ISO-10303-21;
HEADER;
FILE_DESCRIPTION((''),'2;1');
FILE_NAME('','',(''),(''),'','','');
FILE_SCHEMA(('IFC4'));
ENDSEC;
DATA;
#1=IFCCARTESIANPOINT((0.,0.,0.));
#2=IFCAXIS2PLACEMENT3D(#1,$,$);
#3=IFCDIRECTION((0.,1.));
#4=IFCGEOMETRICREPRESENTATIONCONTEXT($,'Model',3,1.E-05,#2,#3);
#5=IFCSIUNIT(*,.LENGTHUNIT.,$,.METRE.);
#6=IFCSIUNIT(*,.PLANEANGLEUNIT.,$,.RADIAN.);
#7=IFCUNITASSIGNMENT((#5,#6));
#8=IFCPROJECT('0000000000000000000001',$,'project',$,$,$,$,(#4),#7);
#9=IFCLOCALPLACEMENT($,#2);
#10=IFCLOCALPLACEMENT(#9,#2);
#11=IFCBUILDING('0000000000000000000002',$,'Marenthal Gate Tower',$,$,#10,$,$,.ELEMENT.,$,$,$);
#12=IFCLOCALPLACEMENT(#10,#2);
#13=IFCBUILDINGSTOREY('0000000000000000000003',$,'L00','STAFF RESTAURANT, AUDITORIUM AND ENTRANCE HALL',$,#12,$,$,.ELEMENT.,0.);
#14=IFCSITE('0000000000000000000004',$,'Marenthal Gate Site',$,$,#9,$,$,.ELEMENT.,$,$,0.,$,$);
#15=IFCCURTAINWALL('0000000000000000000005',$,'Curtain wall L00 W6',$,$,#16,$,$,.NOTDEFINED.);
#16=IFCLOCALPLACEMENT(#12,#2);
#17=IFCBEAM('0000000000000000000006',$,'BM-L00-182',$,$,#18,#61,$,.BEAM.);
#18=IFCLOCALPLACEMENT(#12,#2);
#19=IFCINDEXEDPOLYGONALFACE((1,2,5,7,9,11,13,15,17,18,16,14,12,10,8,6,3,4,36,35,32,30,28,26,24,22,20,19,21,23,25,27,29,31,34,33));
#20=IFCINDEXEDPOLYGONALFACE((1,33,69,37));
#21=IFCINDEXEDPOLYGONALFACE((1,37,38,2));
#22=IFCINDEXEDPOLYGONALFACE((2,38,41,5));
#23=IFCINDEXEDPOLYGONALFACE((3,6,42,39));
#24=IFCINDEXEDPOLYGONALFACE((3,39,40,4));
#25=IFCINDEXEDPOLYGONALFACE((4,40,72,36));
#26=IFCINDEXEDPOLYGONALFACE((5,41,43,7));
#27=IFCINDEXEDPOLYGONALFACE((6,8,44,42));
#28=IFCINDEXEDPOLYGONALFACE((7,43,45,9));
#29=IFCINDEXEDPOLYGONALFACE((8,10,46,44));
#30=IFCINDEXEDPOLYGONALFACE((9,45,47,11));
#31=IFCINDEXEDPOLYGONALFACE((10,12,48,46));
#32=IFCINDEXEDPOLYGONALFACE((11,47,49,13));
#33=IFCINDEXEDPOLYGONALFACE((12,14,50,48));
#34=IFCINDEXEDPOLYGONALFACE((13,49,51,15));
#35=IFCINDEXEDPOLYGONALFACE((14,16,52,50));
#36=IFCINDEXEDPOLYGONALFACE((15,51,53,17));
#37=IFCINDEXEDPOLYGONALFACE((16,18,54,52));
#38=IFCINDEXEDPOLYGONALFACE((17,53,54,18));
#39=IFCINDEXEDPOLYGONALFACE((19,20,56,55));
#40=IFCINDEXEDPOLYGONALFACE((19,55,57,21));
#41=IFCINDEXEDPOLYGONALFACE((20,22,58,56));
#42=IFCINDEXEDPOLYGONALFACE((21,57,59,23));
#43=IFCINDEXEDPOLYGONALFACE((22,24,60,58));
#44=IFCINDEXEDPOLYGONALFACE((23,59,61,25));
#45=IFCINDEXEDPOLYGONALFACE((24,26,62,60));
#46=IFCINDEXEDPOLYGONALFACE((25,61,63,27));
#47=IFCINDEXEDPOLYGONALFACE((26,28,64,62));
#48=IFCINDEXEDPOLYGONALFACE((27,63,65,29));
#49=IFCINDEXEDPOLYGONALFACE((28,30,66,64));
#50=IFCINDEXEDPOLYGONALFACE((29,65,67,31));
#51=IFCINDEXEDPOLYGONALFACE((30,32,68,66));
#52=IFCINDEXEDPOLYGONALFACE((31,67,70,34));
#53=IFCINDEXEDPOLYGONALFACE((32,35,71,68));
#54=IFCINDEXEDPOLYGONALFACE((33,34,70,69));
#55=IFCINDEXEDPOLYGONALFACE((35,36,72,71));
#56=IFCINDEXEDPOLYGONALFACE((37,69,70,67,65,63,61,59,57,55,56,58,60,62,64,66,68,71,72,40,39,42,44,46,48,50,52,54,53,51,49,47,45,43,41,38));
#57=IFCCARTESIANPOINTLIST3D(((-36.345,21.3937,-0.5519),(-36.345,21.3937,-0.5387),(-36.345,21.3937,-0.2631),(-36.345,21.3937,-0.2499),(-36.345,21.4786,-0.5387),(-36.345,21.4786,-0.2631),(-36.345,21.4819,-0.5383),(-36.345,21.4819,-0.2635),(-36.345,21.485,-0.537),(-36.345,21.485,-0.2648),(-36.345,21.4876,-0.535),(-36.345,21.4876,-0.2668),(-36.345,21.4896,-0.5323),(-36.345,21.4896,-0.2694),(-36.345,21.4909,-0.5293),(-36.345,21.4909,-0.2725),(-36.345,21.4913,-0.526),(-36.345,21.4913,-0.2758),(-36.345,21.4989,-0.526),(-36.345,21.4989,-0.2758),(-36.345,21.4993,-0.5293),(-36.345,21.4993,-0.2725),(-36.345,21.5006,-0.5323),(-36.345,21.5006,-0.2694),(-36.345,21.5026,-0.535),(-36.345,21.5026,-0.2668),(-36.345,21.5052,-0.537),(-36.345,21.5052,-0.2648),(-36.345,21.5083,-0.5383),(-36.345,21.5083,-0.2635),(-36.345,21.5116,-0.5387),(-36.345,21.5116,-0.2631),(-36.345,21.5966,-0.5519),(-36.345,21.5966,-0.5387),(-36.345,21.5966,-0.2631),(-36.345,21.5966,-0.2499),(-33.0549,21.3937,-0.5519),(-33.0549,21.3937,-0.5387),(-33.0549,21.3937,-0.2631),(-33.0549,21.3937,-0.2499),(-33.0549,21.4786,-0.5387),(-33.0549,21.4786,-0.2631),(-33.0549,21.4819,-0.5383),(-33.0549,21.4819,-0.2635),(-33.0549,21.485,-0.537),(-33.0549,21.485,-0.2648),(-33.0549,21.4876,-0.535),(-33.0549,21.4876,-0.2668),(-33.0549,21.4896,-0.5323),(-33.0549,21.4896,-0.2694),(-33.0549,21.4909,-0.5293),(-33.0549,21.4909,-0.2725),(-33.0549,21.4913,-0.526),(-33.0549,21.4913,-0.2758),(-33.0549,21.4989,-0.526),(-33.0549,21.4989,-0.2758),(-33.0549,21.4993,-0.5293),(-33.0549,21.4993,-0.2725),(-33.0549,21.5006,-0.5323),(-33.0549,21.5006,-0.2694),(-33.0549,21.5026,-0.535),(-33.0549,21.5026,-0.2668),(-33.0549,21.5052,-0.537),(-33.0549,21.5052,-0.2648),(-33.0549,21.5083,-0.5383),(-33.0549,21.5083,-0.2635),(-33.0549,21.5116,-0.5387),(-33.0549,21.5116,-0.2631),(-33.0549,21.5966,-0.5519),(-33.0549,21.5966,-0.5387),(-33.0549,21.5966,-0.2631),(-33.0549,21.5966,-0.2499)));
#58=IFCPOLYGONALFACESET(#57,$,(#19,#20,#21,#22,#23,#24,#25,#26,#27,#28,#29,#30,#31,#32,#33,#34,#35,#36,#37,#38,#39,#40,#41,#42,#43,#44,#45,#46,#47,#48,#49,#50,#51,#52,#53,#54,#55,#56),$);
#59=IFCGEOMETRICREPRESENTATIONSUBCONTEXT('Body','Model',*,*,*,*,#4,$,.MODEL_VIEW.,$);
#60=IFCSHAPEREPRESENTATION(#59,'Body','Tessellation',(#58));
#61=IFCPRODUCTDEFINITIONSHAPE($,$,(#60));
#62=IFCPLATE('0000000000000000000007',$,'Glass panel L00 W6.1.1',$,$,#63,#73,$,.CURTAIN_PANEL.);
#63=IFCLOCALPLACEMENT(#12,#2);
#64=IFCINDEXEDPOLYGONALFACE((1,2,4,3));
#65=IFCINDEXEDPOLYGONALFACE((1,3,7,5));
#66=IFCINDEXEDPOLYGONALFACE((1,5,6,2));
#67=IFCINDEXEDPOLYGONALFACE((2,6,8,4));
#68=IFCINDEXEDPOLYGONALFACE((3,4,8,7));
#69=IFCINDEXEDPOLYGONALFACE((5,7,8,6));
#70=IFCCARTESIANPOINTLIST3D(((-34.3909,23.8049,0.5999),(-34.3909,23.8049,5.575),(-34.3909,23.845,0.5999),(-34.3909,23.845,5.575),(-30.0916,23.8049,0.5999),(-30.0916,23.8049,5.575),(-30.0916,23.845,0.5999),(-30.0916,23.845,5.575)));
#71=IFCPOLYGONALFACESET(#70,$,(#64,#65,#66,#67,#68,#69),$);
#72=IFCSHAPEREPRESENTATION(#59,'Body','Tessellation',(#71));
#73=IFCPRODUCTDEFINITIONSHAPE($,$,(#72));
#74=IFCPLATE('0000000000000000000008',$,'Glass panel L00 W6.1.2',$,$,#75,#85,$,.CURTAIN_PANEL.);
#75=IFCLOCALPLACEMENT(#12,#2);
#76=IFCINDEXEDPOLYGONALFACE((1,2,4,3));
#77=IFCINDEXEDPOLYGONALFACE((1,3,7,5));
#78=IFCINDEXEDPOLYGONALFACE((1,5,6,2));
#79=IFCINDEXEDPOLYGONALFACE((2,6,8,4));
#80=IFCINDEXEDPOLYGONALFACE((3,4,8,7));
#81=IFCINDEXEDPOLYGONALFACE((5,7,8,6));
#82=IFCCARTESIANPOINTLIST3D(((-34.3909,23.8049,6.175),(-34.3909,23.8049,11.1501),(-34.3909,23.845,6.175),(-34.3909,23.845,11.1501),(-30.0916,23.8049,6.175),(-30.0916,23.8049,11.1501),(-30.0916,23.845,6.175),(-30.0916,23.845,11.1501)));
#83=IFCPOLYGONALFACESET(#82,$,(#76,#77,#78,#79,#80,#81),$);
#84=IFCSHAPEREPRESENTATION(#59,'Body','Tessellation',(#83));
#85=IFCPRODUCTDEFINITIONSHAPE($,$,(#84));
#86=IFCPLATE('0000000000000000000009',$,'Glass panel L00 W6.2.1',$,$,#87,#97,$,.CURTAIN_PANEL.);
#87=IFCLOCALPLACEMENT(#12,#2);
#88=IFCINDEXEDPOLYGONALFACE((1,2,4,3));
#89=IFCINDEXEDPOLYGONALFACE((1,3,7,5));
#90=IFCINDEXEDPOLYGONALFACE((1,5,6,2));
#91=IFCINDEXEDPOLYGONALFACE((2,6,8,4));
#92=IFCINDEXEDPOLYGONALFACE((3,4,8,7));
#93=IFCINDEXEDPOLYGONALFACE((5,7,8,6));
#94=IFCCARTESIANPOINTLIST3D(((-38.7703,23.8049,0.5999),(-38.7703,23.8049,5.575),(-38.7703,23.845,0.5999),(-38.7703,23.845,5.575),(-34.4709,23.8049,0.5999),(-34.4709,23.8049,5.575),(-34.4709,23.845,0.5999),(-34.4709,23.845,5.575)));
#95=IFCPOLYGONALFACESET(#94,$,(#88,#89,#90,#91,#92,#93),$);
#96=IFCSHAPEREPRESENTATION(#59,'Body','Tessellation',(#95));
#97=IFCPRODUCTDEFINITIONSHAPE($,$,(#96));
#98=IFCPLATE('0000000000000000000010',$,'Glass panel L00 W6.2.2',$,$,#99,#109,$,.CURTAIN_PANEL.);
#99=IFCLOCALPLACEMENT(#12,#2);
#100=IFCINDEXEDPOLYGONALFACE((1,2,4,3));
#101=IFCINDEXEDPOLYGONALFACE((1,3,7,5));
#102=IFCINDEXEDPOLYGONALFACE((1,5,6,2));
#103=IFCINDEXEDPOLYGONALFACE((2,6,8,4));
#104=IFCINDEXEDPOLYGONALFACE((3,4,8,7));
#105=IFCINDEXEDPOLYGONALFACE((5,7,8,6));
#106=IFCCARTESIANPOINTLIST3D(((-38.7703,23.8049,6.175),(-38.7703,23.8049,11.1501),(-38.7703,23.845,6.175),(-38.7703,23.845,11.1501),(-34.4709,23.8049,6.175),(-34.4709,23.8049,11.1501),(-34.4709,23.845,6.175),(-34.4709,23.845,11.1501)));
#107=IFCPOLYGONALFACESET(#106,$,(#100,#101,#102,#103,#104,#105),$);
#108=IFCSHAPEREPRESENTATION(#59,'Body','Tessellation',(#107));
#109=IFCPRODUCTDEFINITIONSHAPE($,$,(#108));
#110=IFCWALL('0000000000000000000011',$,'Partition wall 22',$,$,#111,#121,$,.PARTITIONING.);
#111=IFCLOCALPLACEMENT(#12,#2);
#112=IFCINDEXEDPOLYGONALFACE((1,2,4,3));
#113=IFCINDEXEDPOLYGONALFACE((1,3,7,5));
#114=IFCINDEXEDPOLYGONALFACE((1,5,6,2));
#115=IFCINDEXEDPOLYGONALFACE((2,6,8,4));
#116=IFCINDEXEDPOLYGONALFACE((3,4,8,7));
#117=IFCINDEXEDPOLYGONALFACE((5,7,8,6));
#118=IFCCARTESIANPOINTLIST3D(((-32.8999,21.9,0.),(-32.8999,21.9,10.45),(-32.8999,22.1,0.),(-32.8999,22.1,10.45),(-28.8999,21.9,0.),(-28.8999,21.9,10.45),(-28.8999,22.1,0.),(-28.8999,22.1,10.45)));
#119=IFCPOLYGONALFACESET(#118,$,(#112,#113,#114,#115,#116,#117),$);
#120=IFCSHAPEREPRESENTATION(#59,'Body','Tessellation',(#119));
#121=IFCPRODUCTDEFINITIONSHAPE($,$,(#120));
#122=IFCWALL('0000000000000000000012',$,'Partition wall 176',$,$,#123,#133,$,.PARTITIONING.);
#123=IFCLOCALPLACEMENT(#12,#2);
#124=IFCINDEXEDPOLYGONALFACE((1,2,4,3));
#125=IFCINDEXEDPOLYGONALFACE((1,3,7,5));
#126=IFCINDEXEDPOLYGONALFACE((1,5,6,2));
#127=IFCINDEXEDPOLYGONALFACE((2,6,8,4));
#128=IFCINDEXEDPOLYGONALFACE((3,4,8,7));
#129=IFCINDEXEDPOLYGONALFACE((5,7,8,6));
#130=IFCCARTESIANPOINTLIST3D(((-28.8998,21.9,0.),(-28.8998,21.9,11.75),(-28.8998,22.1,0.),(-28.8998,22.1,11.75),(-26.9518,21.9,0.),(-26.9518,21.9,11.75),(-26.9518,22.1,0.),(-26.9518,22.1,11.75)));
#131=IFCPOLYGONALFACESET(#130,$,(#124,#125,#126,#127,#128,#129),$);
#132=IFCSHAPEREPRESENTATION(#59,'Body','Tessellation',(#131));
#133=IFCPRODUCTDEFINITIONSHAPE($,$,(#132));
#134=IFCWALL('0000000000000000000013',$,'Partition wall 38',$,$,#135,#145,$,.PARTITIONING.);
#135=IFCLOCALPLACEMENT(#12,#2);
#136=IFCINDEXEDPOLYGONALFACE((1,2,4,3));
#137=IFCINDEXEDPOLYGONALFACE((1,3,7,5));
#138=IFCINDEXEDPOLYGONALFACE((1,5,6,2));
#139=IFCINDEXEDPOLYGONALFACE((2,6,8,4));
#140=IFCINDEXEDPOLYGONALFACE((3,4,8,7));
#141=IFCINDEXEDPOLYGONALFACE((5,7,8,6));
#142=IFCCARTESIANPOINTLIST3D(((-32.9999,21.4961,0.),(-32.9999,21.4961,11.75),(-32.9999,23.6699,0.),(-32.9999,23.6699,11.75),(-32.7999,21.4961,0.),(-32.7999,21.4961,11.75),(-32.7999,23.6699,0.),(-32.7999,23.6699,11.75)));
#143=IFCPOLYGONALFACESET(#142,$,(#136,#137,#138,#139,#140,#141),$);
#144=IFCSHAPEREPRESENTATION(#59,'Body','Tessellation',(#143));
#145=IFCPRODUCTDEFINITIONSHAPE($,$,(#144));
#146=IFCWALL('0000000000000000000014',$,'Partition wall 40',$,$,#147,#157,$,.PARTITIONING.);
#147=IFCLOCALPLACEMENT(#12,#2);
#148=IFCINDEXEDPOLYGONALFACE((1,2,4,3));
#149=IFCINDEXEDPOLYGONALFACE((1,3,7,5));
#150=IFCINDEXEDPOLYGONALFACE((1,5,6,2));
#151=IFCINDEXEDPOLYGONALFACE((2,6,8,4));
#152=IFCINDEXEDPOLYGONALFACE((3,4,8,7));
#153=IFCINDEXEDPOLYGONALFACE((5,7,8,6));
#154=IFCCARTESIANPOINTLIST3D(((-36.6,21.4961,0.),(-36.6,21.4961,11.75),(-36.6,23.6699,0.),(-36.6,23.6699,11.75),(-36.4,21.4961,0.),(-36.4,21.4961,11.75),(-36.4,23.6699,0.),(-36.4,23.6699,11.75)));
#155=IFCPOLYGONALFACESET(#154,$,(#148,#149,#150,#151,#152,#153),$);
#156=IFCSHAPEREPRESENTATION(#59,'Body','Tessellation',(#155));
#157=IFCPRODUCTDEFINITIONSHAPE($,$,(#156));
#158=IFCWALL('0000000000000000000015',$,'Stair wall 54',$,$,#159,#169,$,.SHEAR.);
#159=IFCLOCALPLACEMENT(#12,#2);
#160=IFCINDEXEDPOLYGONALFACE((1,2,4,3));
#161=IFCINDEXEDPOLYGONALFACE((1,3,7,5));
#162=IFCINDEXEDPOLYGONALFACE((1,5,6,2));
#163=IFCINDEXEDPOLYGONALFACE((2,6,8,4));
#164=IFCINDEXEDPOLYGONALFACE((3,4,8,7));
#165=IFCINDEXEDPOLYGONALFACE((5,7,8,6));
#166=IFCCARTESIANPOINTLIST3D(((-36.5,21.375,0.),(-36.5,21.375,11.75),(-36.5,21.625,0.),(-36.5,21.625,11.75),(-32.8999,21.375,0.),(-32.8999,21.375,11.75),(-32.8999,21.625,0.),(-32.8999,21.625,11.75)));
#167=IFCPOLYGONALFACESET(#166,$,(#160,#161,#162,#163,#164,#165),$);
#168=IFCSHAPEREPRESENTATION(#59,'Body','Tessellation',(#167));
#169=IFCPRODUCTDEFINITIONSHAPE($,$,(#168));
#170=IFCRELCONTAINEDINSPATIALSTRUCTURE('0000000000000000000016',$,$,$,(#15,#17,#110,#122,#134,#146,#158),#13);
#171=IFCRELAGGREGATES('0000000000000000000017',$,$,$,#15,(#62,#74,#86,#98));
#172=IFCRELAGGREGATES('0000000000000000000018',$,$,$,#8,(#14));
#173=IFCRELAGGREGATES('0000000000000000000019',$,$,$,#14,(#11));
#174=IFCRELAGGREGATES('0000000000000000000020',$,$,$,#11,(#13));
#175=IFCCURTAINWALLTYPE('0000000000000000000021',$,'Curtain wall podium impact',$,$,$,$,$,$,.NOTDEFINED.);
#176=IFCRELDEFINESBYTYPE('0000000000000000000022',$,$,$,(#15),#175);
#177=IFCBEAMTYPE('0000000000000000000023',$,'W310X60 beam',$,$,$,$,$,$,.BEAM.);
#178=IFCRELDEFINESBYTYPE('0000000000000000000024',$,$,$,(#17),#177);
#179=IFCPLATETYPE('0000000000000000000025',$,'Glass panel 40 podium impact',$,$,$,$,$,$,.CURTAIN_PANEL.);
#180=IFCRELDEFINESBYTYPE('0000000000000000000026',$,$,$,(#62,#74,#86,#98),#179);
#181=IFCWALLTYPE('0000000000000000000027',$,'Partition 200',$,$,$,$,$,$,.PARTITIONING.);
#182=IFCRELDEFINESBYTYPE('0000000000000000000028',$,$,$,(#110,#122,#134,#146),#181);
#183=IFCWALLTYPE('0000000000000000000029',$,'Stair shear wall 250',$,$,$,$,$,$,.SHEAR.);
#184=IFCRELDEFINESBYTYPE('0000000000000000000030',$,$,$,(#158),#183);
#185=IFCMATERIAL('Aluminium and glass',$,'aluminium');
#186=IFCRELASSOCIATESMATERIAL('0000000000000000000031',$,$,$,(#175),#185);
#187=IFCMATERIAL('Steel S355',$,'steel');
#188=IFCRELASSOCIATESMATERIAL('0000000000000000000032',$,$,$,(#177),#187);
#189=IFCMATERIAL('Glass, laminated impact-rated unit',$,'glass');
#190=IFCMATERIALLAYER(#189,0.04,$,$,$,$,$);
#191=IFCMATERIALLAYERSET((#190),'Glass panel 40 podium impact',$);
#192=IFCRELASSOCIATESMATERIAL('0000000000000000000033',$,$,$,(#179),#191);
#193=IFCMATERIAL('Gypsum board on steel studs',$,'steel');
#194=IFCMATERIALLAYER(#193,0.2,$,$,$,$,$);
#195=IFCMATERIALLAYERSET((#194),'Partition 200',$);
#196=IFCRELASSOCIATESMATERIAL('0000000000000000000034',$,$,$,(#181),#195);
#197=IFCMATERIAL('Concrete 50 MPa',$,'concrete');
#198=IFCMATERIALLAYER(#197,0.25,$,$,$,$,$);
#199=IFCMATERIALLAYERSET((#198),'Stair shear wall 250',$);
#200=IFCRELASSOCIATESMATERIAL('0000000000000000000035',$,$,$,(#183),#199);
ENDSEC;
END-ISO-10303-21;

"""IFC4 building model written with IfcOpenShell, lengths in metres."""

from ifc_helpers import new_model, si_unit, direction, frame, frame_2d, origin, origin_2d, place, context, subcontext, project, spatial, rectangle, i_section, extrude, material, layer, layer_set, material_profile, profile_set, type_object, element, aggregate, save


model = new_model("IFC4")

# Units and contexts
model_context = context("Model", 3, precision=1e-05, world=origin(), true_north=direction((0.0, 1.0)))
body_context = subcontext(model_context, "Body", "Model", "MODEL_VIEW")
ifc_project = project(units=[si_unit("LENGTHUNIT", "METRE"), si_unit("PLANEANGLEUNIT", "RADIAN")], contexts=[model_context])

# Site, building, storey
site_placement = place(None, origin())
site = spatial("IfcSite", under=ifc_project, at=site_placement, Name="Marenthal Gate Site", CompositionType="ELEMENT", RefElevation=0.0)
building_placement = place(site_placement, origin())
building = spatial("IfcBuilding", under=site, at=building_placement, Name="Marenthal Gate Tower", CompositionType="ELEMENT")
storey_placement = place(building_placement, origin())
storey = spatial("IfcBuildingStorey", under=building, at=storey_placement, Name="L00", Description="STAFF RESTAURANT, AUDITORIUM AND ENTRANCE HALL", CompositionType="ELEMENT", Elevation=0.0)

# Curtain wall
ifc_material_1 = material(Name="Aluminium and glass", Category="aluminium")
curtain_wall_type = type_object("IfcCurtainWallType", Name="Curtain wall podium impact", PredefinedType="NOTDEFINED", material=ifc_material_1)
curtain_wall_placement = place(storey_placement, origin())
curtain_wall = element("IfcCurtainWall", 1, at=curtain_wall_placement, inside=storey, type_object=curtain_wall_type, Name="Curtain wall L00 W6", PredefinedType="NOTDEFINED")

# Beam
ifc_material_2 = material(Name="Steel S355", Category="steel")
ifc_material_profile_1 = material_profile(ifc_material_2, i_section(OverallWidth=0.2029, OverallDepth=0.302, WebThickness=0.0076, FlangeThickness=0.0132, FilletRadius=0.0127, at=origin_2d()), Name="W310X60")
ifc_profile_set_1 = profile_set([ifc_material_profile_1], Name="Steel S355")
beam_type_1 = type_object("IfcBeamType", Name="W310X60 beam", PredefinedType="BEAM", material=ifc_profile_set_1)
beam_1_placement = place(storey_placement, frame((-36.345, 21.4951, -0.4009), z_axis=(1.0, 0.0, 0.0), x_axis=(0.0, 1.0, 0.0)))
element("IfcBeam", 2, at=beam_1_placement, inside=storey, type_object=beam_type_1, Name="BM-L00-182", PredefinedType="BEAM", context=body_context, shape_type="SweptSolid", body=[
    extrude(i_section(OverallWidth=0.2029, OverallDepth=0.302, WebThickness=0.0076, FlangeThickness=0.0132, FilletRadius=0.0127, at=origin_2d()), origin(), (0.0, 0.0, 1.0), 3.29),
])

# Plates
ifc_material_3 = material(Name="Glass, laminated impact-rated unit", Category="glass")
ifc_layer_1 = layer(ifc_material_3, 0.04)
ifc_layer_set_1 = layer_set([ifc_layer_1], Name="Glass panel 40 podium impact")
plate_type = type_object("IfcPlateType", Name="Glass panel 40 podium impact", PredefinedType="CURTAIN_PANEL", material=ifc_layer_set_1)
plate_1_placement = place(storey_placement, frame((-32.2412, 23.825, 0.5999), z_axis=(0.0, 0.0, 1.0), x_axis=(-1.0, 0.0, 0.0)))
plate_1 = element("IfcPlate", 3, at=plate_1_placement, type_object=plate_type, Name="Glass panel L00 W6.1.1", PredefinedType="CURTAIN_PANEL", context=body_context, shape_type="SweptSolid", body=[
    extrude(rectangle(XDim=4.2993, YDim=0.04, at=origin_2d()), origin(), (0.0, 0.0, 1.0), 4.9751),
])
plate_2_placement = place(storey_placement, frame((-32.2412, 23.825, 6.175), z_axis=(0.0, 0.0, 1.0), x_axis=(-1.0, 0.0, 0.0)))
plate_2 = element("IfcPlate", 4, at=plate_2_placement, type_object=plate_type, Name="Glass panel L00 W6.1.2", PredefinedType="CURTAIN_PANEL", context=body_context, shape_type="SweptSolid", body=[
    extrude(rectangle(XDim=4.2993, YDim=0.04, at=origin_2d()), origin(), (0.0, 0.0, 1.0), 4.9751),
])
plate_3_placement = place(storey_placement, frame((-36.6206, 23.825, 0.5999), z_axis=(0.0, 0.0, 1.0), x_axis=(-1.0, 0.0, 0.0)))
plate_3 = element("IfcPlate", 5, at=plate_3_placement, type_object=plate_type, Name="Glass panel L00 W6.2.1", PredefinedType="CURTAIN_PANEL", context=body_context, shape_type="SweptSolid", body=[
    extrude(rectangle(XDim=4.2993, YDim=0.04, at=origin_2d()), origin(), (0.0, 0.0, 1.0), 4.9751),
])
plate_4_placement = place(storey_placement, frame((-36.6206, 23.825, 6.175), z_axis=(0.0, 0.0, 1.0), x_axis=(-1.0, 0.0, 0.0)))
plate_4 = element("IfcPlate", 6, at=plate_4_placement, type_object=plate_type, Name="Glass panel L00 W6.2.2", PredefinedType="CURTAIN_PANEL", context=body_context, shape_type="SweptSolid", body=[
    extrude(rectangle(XDim=4.2993, YDim=0.04, at=origin_2d()), origin(), (0.0, 0.0, 1.0), 4.9751),
])
aggregate(curtain_wall, [plate_1, plate_2, plate_3, plate_4])

# Walls
ifc_material_4 = material(Name="Gypsum board on steel studs", Category="steel")
ifc_layer_2 = layer(ifc_material_4, 0.2)
ifc_layer_set_2 = layer_set([ifc_layer_2], Name="Partition 200")
wall_type_1 = type_object("IfcWallType", Name="Partition 200", PredefinedType="PARTITIONING", material=ifc_layer_set_2)
wall_1_placement = place(storey_placement, frame((-32.8999, 22.0, 0.0), z_axis=(0.0, 0.0, 1.0), x_axis=(1.0, 0.0, 0.0)))
element("IfcWall", 7, at=wall_1_placement, inside=storey, type_object=wall_type_1, Name="Partition wall 22", PredefinedType="PARTITIONING", context=body_context, shape_type="SweptSolid", body=[
    extrude(rectangle(XDim=4.0, YDim=0.2, at=frame_2d((2.0, 0.0))), origin(), (0.0, 0.0, 1.0), 10.45),
])
wall_2_placement = place(storey_placement, frame((-28.8999, 22.0, 0.0), z_axis=(0.0, 0.0, 1.0), x_axis=(1.0, 0.0, 0.0)))
element("IfcWall", 8, at=wall_2_placement, inside=storey, type_object=wall_type_1, Name="Partition wall 176", PredefinedType="PARTITIONING", context=body_context, shape_type="SweptSolid", body=[
    extrude(rectangle(XDim=1.948, YDim=0.2, at=frame_2d((0.9741, 0.0))), origin(), (0.0, 0.0, 1.0), 11.75),
])
for number, where, z_axis, x_axis, name in (
    (9, (-32.8999, 21.4961, 0.0), (0.0, 0.0, 1.0), (0.0, 1.0, 0.0), "Partition wall 38"),
    (10, (-36.5, 21.4961, 0.0), (0.0, 0.0, 1.0), (0.0, 1.0, 0.0), "Partition wall 40"),
):
    element("IfcWall", number, at=place(storey_placement, frame(where, z_axis=z_axis, x_axis=x_axis)), inside=storey, type_object=wall_type_1, Name=name, PredefinedType="PARTITIONING", context=body_context, shape_type="SweptSolid", body=[
        extrude(rectangle(XDim=2.1738, YDim=0.2, at=frame_2d((1.0869, 0.0))), origin(), (0.0, 0.0, 1.0), 11.75),
    ])
ifc_material_5 = material(Name="Concrete 50 MPa", Category="concrete")
ifc_layer_3 = layer(ifc_material_5, 0.25)
ifc_layer_set_3 = layer_set([ifc_layer_3], Name="Stair shear wall 250")
wall_type_2 = type_object("IfcWallType", Name="Stair shear wall 250", PredefinedType="SHEAR", material=ifc_layer_set_3)
wall_3_placement = place(storey_placement, frame((-36.5, 21.5, 0.0), z_axis=(0.0, 0.0, 1.0), x_axis=(1.0, 0.0, 0.0)))
element("IfcWall", 11, at=wall_3_placement, inside=storey, type_object=wall_type_2, Name="Stair wall 54", PredefinedType="SHEAR", context=body_context, shape_type="SweptSolid", body=[
    extrude(rectangle(XDim=3.6001, YDim=0.25, at=frame_2d((1.8, 0.0))), origin(), (0.0, 0.0, 1.0), 11.75),
])

save(model, "model.ifc")
